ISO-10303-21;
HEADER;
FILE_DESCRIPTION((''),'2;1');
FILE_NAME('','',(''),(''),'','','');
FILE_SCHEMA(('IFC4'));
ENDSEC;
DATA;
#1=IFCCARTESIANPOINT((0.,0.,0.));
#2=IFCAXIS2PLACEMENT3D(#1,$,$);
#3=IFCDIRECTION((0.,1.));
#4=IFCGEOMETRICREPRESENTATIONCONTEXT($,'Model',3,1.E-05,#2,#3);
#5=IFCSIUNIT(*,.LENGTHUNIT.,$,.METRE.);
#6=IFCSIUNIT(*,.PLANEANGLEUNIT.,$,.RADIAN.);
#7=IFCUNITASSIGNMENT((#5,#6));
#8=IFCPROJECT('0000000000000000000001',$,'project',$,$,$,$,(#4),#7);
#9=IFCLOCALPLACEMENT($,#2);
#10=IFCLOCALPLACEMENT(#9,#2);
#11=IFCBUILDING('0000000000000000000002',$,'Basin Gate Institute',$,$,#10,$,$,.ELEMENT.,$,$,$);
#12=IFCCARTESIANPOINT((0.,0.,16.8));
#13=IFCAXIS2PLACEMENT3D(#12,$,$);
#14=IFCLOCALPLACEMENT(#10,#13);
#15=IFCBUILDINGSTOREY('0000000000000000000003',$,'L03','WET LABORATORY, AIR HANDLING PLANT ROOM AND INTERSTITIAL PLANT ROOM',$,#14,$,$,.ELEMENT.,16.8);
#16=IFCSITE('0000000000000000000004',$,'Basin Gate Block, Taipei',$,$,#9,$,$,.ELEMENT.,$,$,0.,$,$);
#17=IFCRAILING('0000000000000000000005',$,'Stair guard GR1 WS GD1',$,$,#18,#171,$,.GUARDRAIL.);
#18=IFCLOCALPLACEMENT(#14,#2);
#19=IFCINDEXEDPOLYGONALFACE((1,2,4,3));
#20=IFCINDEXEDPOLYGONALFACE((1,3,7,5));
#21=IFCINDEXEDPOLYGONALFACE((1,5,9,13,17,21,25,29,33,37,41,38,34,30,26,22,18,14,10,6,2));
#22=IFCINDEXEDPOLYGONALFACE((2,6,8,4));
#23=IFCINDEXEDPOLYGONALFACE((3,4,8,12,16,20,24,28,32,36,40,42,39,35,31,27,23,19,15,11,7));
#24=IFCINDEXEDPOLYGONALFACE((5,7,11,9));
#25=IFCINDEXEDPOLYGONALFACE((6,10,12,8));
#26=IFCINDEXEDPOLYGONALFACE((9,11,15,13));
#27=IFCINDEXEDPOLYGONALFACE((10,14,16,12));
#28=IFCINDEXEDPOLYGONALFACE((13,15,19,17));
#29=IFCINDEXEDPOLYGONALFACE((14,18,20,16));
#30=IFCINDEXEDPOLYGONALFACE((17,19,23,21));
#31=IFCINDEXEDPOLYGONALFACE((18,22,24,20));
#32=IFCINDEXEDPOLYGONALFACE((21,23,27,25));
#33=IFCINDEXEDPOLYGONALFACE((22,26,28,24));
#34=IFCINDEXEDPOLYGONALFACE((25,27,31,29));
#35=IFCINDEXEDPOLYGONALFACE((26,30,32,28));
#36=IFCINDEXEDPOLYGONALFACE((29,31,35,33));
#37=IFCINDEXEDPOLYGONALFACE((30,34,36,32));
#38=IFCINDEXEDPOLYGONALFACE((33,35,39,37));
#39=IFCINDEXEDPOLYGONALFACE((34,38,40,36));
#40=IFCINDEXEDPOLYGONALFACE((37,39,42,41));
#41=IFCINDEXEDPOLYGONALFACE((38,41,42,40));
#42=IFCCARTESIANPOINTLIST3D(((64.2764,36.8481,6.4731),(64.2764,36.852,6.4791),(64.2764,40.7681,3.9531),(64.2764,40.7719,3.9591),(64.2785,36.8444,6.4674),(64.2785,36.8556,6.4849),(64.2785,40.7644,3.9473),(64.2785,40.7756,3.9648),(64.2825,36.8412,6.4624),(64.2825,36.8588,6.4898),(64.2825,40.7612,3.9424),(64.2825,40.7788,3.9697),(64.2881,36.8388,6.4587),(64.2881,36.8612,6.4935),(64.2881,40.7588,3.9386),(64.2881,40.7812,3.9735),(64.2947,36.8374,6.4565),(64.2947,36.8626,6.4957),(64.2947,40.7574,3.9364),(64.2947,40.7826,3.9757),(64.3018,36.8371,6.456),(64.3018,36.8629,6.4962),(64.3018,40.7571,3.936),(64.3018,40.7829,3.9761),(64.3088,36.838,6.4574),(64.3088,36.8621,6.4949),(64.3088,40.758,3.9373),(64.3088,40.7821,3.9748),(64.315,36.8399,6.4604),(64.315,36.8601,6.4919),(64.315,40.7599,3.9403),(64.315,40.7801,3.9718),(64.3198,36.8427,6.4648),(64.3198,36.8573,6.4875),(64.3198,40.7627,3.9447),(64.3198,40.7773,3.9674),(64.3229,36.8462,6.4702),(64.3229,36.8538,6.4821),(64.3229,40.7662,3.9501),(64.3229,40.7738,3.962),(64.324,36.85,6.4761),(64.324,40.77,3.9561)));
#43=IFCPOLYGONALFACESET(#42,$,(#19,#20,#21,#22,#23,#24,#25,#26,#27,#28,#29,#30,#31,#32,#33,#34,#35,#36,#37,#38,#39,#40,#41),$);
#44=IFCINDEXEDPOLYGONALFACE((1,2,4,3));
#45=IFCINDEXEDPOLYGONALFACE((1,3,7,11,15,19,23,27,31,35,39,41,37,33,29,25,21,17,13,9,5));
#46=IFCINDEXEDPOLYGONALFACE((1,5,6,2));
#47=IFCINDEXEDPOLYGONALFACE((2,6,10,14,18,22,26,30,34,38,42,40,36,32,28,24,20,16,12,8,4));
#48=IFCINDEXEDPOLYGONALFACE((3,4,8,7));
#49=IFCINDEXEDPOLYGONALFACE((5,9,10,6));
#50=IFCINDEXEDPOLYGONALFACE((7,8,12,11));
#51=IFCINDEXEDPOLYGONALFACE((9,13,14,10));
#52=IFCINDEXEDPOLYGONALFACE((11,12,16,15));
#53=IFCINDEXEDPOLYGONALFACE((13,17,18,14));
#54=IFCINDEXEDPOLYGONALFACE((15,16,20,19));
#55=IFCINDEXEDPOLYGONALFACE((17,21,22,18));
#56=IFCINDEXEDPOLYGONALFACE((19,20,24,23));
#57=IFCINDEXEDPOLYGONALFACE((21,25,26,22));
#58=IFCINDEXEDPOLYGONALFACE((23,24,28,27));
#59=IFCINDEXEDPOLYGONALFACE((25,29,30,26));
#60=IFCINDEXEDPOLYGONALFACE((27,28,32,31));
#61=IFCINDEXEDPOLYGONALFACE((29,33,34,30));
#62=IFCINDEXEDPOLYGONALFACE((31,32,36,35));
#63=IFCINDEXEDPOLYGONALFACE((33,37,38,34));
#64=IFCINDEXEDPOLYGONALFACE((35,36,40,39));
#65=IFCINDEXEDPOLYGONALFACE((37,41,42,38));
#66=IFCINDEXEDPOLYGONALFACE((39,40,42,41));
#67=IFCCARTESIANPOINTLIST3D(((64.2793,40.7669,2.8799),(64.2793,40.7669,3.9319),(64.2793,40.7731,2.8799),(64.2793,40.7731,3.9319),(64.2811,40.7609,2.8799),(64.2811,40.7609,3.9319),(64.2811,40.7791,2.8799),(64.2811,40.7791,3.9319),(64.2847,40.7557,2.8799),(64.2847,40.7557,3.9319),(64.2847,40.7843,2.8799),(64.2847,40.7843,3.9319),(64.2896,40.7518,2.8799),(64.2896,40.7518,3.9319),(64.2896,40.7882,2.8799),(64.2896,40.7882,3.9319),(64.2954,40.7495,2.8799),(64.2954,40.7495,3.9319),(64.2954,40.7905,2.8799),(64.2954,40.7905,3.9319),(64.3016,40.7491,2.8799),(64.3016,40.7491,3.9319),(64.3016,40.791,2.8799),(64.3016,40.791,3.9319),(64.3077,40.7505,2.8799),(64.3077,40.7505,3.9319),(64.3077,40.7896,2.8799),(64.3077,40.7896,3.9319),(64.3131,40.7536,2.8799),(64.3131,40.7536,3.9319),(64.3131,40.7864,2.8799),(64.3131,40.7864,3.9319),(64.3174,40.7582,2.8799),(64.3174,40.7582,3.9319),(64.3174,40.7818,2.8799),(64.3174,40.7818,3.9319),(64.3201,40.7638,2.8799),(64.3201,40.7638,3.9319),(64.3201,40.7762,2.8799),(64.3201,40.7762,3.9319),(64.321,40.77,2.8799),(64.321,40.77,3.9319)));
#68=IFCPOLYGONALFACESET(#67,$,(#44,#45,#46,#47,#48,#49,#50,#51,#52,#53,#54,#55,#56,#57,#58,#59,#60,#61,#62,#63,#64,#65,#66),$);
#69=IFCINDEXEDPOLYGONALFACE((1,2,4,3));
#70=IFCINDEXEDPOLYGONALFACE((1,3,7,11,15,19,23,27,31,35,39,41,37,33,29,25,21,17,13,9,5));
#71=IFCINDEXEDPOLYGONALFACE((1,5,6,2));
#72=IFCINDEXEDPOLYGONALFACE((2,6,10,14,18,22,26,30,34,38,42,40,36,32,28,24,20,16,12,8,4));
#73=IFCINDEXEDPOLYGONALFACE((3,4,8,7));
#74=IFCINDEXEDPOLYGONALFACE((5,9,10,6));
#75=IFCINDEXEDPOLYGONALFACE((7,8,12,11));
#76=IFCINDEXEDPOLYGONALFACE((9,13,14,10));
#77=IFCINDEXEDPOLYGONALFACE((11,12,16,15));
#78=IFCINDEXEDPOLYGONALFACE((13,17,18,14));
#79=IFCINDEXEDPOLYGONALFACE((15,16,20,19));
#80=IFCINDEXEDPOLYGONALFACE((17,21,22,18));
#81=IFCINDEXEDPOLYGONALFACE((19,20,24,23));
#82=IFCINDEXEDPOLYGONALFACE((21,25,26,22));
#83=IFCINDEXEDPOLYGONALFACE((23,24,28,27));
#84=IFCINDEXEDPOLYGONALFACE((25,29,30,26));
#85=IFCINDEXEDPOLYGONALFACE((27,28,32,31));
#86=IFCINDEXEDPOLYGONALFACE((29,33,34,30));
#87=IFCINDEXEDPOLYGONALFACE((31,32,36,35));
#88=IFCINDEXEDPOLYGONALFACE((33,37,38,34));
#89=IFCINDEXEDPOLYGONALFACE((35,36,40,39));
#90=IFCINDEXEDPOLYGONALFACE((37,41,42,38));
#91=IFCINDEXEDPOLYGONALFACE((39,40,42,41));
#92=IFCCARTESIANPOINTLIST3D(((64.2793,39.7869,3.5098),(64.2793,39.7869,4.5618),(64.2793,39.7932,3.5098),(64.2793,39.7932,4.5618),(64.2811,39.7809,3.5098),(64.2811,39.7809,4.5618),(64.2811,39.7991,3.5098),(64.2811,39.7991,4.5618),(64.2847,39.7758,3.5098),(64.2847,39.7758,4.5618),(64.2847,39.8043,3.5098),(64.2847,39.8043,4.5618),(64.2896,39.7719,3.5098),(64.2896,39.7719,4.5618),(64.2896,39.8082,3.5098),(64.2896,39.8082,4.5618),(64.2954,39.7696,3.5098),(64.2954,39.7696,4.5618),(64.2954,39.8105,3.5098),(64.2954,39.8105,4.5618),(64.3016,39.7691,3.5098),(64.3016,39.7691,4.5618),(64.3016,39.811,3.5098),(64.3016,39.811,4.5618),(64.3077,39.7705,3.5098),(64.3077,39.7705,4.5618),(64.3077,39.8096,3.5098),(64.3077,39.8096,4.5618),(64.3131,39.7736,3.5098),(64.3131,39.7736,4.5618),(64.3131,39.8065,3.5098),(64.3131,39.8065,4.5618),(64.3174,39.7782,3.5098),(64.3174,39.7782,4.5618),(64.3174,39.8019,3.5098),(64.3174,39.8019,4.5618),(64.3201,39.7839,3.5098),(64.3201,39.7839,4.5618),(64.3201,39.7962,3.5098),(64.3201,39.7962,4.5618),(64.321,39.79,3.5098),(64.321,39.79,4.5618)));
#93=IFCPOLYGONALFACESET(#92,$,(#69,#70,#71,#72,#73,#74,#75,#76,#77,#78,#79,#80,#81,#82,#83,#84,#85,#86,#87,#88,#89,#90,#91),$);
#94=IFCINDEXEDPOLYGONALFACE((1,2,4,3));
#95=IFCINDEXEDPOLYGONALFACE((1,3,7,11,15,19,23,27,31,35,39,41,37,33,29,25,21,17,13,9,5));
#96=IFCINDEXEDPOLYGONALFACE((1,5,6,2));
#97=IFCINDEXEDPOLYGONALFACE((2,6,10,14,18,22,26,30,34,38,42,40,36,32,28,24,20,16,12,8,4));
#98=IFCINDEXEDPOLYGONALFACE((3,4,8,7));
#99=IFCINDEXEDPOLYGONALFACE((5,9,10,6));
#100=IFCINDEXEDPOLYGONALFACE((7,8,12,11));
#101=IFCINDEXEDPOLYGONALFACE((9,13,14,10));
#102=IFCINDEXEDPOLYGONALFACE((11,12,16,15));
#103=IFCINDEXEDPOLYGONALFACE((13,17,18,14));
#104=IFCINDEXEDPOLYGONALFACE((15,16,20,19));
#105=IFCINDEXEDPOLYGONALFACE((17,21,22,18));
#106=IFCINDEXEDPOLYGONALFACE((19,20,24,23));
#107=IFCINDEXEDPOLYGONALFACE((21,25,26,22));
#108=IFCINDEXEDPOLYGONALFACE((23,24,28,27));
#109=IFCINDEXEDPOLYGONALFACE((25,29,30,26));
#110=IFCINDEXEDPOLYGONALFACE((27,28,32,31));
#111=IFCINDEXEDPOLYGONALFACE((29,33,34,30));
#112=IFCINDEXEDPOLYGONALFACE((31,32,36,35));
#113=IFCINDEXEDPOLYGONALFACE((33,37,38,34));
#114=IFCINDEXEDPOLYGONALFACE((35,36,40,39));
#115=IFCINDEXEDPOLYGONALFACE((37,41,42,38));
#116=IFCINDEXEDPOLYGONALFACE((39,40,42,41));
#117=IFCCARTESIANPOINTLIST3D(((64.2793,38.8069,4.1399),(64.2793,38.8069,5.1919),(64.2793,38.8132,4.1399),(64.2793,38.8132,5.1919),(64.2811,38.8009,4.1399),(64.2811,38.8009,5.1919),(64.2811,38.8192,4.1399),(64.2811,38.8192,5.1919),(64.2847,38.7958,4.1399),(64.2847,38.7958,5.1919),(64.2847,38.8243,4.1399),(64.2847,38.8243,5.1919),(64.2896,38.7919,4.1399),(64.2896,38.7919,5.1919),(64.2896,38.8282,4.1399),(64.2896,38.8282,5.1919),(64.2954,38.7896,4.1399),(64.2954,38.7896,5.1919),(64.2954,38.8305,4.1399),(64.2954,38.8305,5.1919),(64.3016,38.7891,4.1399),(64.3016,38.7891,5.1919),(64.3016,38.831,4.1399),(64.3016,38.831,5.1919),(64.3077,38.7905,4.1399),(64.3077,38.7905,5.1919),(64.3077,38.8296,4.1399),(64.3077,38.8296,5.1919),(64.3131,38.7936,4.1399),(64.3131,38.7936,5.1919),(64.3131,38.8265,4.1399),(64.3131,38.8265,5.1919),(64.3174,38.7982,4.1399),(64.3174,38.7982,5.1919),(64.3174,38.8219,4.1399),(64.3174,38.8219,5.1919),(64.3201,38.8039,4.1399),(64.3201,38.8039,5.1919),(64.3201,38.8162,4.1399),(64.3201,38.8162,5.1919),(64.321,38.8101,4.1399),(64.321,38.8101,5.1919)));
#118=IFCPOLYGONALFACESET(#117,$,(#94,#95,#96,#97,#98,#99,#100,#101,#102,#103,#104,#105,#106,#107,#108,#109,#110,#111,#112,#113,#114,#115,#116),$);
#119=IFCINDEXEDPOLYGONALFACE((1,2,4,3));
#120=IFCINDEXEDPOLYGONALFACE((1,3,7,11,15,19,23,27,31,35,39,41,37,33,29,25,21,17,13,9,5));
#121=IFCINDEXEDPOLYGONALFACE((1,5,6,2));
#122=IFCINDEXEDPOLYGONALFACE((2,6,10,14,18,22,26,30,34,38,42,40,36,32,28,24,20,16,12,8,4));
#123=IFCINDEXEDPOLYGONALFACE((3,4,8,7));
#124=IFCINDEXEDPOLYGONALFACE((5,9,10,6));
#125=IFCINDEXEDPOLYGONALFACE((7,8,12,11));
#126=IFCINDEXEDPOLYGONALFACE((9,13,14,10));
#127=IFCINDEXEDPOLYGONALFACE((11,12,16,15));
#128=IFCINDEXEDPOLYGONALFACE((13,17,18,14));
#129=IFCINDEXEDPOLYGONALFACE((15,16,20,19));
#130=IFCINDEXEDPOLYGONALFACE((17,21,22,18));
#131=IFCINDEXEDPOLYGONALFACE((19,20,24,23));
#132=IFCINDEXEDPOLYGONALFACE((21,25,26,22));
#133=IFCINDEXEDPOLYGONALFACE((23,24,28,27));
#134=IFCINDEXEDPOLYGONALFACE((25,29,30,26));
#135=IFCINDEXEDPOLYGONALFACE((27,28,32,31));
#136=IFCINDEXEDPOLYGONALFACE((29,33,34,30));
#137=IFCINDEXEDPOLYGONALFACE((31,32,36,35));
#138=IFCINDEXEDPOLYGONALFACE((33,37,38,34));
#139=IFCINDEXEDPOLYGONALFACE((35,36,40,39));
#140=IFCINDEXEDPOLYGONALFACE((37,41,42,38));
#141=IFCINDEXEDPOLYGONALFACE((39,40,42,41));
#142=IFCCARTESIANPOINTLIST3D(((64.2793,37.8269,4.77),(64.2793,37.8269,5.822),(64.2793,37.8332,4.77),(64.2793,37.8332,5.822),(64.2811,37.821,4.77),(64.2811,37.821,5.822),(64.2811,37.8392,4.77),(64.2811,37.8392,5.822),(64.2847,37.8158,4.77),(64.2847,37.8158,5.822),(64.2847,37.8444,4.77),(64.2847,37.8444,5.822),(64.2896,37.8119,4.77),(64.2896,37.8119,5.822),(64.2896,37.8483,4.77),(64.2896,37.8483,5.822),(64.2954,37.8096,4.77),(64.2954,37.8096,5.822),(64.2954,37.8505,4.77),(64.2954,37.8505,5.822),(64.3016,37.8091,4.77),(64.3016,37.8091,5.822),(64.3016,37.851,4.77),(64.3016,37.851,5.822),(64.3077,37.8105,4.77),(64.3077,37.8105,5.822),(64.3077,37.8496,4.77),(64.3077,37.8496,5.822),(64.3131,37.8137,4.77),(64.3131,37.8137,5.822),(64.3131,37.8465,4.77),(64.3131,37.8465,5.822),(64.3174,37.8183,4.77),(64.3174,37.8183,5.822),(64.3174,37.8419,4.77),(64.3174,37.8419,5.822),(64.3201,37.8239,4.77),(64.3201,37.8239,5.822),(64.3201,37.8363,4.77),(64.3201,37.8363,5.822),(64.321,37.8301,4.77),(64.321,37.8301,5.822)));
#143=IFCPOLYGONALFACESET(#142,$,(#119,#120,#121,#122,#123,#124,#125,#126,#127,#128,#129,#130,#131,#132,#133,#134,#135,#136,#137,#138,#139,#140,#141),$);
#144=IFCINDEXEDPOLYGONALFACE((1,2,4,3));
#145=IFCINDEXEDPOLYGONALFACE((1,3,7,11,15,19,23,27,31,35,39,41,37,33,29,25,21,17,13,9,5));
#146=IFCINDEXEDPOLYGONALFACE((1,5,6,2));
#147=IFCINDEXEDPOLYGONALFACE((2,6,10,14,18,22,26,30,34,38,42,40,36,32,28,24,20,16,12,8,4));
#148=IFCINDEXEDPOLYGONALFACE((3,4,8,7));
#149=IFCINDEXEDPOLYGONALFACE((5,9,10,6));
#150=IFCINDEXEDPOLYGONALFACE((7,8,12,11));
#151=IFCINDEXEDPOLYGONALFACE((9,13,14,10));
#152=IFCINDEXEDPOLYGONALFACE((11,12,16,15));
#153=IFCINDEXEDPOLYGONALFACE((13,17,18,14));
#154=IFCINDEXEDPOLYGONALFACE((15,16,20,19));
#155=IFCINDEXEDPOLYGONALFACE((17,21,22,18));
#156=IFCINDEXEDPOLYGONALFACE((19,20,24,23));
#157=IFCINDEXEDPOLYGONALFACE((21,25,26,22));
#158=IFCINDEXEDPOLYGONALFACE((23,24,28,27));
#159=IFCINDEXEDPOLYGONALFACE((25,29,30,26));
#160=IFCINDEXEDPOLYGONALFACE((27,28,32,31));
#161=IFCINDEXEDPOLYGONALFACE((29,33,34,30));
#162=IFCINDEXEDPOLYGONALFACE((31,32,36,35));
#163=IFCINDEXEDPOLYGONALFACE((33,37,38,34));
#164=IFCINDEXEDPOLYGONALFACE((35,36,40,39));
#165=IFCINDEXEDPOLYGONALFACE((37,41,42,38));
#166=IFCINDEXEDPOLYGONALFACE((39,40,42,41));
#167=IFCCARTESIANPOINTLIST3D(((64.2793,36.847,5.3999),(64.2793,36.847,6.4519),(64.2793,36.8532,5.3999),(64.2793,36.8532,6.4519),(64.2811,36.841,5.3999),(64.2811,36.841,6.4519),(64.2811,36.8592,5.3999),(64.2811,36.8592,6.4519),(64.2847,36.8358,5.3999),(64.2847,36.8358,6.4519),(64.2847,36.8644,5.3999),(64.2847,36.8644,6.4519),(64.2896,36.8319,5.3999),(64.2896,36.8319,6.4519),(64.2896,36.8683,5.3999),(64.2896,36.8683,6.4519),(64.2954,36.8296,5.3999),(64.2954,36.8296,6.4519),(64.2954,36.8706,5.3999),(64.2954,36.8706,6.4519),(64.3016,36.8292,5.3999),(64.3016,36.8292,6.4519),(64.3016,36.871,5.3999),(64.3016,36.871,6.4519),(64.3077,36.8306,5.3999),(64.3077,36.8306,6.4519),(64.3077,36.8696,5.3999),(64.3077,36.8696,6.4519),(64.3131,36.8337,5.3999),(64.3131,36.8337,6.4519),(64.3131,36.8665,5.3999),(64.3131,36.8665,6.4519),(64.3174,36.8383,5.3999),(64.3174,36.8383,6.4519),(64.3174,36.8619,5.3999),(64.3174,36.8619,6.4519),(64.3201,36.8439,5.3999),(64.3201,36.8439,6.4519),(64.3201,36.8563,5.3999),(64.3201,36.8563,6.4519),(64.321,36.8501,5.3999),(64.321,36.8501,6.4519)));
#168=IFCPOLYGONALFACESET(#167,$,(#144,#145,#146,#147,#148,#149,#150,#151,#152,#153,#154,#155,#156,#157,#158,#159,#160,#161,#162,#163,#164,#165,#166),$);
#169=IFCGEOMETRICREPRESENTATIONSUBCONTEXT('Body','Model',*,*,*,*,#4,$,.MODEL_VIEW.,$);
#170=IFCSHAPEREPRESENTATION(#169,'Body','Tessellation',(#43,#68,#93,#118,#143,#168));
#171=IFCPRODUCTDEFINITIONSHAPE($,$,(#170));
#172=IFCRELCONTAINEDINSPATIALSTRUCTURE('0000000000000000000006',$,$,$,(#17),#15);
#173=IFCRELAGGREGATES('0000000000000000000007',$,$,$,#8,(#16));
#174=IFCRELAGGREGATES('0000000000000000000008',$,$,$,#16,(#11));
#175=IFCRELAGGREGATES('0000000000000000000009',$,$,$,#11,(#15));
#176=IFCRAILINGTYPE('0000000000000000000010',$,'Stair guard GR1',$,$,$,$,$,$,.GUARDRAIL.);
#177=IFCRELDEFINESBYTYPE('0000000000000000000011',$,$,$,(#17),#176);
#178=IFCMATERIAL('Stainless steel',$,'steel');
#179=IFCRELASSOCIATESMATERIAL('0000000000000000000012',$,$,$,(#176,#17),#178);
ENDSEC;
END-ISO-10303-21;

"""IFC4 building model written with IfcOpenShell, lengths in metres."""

from ifc_helpers import new_model, si_unit, direction, frame, origin, origin_2d, place, context, subcontext, project, spatial, circle, extrude, material, type_object, element, save


model = new_model("IFC4")

# Units and contexts
model_context = context("Model", 3, precision=1e-05, world=origin(), true_north=direction((0.0, 1.0)))
body_context = subcontext(model_context, "Body", "Model", "MODEL_VIEW")
ifc_project = project(units=[si_unit("LENGTHUNIT", "METRE"), si_unit("PLANEANGLEUNIT", "RADIAN")], contexts=[model_context])

# Site, building, storey
site_placement = place(None, origin())
site = spatial("IfcSite", under=ifc_project, at=site_placement, Name="Basin Gate Block, Taipei", CompositionType="ELEMENT", RefElevation=0.0)
building_placement = place(site_placement, origin())
building = spatial("IfcBuilding", under=site, at=building_placement, Name="Basin Gate Institute", CompositionType="ELEMENT")
storey_placement = place(building_placement, frame((0.0, 0.0, 16.8)))
storey = spatial("IfcBuildingStorey", under=building, at=storey_placement, Name="L03", Description="WET LABORATORY, AIR HANDLING PLANT ROOM AND INTERSTITIAL PLANT ROOM", CompositionType="ELEMENT", Elevation=16.8)

# Railing
ifc_material_1 = material(Name="Stainless steel", Category="steel")
railing_type_1 = type_object("IfcRailingType", Name="Stair guard GR1", PredefinedType="GUARDRAIL", material=ifc_material_1)
railing_1_placement = place(storey_placement, frame((64.3, 40.77, 2.8799)))
element("IfcRailing", 1, at=railing_1_placement, inside=storey, type_object=railing_type_1, material=ifc_material_1, Name="Stair guard GR1 WS GD1", PredefinedType="GUARDRAIL", context=body_context, shape_type="SweptSolid", body=[
    extrude(circle(Radius=0.0239, at=origin_2d()), frame((0.0, 0.0, 1.0762), z_axis=(0.0, -0.841172, 0.540768), x_axis=(1.0, 0.0, 0.0)), (0.0, 0.0, 1.0), 4.6602),
    extrude(circle(Radius=0.021, at=origin_2d()), origin(), (0.0, 0.0, 1.0), 1.052),
    extrude(circle(Radius=0.021, at=origin_2d()), frame((0.0, -0.98, 0.6299)), (0.0, 0.0, 1.0), 1.052),
    extrude(circle(Radius=0.021, at=origin_2d()), frame((0.0, -1.96, 1.26)), (0.0, 0.0, 1.0), 1.052),
    extrude(circle(Radius=0.021, at=origin_2d()), frame((0.0, -2.9399, 1.8901)), (0.0, 0.0, 1.0), 1.052),
    extrude(circle(Radius=0.021, at=origin_2d()), frame((0.0, -3.9199, 2.52)), (0.0, 0.0, 1.0), 1.052),
])

save(model, "model.ifc")
